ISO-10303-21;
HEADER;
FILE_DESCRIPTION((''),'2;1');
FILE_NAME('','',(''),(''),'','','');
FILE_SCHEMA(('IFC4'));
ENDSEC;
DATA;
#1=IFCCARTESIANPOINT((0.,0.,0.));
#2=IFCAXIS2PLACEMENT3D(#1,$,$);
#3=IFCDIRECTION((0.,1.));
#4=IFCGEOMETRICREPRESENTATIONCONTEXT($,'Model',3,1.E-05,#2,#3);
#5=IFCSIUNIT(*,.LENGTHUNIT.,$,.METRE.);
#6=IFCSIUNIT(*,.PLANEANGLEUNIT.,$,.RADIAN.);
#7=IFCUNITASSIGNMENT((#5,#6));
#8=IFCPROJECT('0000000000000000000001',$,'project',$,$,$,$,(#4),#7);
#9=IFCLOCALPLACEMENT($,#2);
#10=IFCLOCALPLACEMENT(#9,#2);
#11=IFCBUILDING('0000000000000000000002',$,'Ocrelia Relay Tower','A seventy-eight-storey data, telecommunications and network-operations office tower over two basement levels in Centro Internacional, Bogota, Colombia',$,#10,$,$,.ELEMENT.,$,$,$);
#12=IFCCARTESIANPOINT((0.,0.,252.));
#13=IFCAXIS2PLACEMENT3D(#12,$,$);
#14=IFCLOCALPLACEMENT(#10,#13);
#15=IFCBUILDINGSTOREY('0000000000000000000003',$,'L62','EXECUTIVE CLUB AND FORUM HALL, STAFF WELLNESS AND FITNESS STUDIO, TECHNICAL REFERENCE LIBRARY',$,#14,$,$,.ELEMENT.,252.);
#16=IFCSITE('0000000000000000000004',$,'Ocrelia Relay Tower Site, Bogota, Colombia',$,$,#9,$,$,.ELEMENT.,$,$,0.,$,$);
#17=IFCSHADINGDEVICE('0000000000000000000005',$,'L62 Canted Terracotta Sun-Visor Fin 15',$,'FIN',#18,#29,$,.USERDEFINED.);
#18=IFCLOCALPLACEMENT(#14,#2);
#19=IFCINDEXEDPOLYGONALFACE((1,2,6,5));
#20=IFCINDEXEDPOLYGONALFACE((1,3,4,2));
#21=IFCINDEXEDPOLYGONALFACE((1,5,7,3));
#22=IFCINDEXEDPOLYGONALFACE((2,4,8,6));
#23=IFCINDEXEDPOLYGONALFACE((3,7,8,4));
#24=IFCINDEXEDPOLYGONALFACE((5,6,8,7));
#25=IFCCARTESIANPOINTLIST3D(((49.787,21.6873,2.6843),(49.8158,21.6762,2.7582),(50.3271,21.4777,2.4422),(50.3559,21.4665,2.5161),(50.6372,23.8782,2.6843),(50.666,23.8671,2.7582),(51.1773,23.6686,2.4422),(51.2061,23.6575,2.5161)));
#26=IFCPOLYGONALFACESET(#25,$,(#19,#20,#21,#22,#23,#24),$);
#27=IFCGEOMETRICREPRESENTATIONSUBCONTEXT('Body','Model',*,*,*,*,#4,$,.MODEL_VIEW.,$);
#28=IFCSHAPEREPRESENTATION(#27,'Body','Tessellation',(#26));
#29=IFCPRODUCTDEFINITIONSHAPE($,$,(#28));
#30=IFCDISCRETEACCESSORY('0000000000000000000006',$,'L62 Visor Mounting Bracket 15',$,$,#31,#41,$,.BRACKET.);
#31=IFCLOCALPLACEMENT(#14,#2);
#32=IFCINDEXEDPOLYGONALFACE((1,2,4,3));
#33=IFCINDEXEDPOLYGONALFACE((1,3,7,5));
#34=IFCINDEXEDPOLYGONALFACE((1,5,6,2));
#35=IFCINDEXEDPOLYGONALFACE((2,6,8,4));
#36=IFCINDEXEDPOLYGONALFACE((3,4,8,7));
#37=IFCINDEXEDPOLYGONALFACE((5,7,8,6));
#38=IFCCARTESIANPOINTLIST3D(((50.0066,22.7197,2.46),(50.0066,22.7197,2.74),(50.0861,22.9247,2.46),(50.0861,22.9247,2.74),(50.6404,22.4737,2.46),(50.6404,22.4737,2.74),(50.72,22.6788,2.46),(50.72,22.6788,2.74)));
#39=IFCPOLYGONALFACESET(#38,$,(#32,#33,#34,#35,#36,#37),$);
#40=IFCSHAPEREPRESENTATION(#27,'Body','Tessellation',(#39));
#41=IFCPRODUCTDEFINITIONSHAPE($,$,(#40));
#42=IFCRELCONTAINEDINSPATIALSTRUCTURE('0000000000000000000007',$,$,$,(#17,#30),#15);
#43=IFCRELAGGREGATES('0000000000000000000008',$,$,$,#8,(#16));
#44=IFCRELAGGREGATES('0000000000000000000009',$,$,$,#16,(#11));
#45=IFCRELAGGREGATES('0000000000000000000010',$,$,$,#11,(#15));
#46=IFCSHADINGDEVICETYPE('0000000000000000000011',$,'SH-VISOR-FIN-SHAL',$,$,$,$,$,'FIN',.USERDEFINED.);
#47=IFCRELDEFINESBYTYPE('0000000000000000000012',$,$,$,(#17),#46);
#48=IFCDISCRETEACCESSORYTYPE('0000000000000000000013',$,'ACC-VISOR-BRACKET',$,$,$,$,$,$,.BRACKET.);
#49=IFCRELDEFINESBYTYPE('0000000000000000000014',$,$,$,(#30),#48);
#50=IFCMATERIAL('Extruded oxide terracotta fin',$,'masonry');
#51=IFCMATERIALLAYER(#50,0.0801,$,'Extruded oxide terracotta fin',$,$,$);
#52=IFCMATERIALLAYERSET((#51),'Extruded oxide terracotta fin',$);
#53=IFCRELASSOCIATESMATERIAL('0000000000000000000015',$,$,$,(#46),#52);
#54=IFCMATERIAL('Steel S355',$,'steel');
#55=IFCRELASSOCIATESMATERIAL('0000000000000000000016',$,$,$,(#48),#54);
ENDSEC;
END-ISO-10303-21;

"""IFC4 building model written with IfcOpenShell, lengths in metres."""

from ifc_helpers import new_model, si_unit, direction, frame, origin, origin_2d, place, context, subcontext, project, spatial, rectangle, extrude, material, layer, layer_set, type_object, element, save


model = new_model("IFC4")

# Units and contexts
model_context = context("Model", 3, precision=1e-05, world=origin(), true_north=direction((0.0, 1.0)))
body_context = subcontext(model_context, "Body", "Model", "MODEL_VIEW")
ifc_project = project(units=[si_unit("LENGTHUNIT", "METRE"), si_unit("PLANEANGLEUNIT", "RADIAN")], contexts=[model_context])

# Site, building, storey
site_placement = place(None, origin())
site = spatial("IfcSite", under=ifc_project, at=site_placement, Name="Ocrelia Relay Tower Site, Bogota, Colombia", CompositionType="ELEMENT", RefElevation=0.0)
building_placement = place(site_placement, origin())
building = spatial("IfcBuilding", under=site, at=building_placement, Name="Ocrelia Relay Tower", Description="A seventy-eight-storey data, telecommunications and network-operations office tower over two basement levels in Centro Internacional, Bogota, Colombia", CompositionType="ELEMENT")
storey_placement = place(building_placement, frame((0.0, 0.0, 252.0)))
storey = spatial("IfcBuildingStorey", under=building, at=storey_placement, Name="L62", Description="EXECUTIVE CLUB AND FORUM HALL, STAFF WELLNESS AND FITNESS STUDIO, TECHNICAL REFERENCE LIBRARY", CompositionType="ELEMENT", Elevation=252.0)

# Shared definitions
ifc_material_1 = material(Name="Steel S355", Category="steel")

# Shading device
ifc_material_2 = material(Name="Extruded oxide terracotta fin", Category="masonry")
ifc_layer_1 = layer(ifc_material_2, 0.0801, Name="Extruded oxide terracotta fin")
ifc_layer_set_1 = layer_set([ifc_layer_1], Name="Extruded oxide terracotta fin")
shading_device_type_1 = type_object("IfcShadingDeviceType", Name="SH-VISOR-FIN-SHAL", ElementType="FIN", PredefinedType="USERDEFINED", material=ifc_layer_set_1)
shading_device_1_placement = place(storey_placement, frame((50.4822, 22.678, 2.5632), z_axis=(0.359467, -0.139494, 0.922673), x_axis=(0.361773, 0.932266, 0.0)))
element("IfcShadingDevice", 1, at=shading_device_1_placement, inside=storey, type_object=shading_device_type_1, Name="L62 Canted Terracotta Sun-Visor Fin 15", ObjectType="FIN", PredefinedType="USERDEFINED", context=body_context, shape_type="SweptSolid", body=[
    extrude(rectangle(XDim=2.3501, YDim=0.6279, at=origin_2d()), origin(), (0.0, 0.0, 1.0), 0.0801),
])

# Discrete accessory
discrete_accessory_type = type_object("IfcDiscreteAccessoryType", Name="ACC-VISOR-BRACKET", PredefinedType="BRACKET", material=ifc_material_1)
discrete_accessory_placement = place(storey_placement, frame((50.3633, 22.6992, 2.46), z_axis=(0.0, 0.0, 1.0), x_axis=(0.361773, 0.932266, 0.0)))
element("IfcDiscreteAccessory", 2, at=discrete_accessory_placement, inside=storey, type_object=discrete_accessory_type, Name="L62 Visor Mounting Bracket 15", PredefinedType="BRACKET", context=body_context, shape_type="SweptSolid", body=[
    extrude(rectangle(XDim=0.22, YDim=0.6799, at=origin_2d()), origin(), (0.0, 0.0, 1.0), 0.28),
])

save(model, "model.ifc")
